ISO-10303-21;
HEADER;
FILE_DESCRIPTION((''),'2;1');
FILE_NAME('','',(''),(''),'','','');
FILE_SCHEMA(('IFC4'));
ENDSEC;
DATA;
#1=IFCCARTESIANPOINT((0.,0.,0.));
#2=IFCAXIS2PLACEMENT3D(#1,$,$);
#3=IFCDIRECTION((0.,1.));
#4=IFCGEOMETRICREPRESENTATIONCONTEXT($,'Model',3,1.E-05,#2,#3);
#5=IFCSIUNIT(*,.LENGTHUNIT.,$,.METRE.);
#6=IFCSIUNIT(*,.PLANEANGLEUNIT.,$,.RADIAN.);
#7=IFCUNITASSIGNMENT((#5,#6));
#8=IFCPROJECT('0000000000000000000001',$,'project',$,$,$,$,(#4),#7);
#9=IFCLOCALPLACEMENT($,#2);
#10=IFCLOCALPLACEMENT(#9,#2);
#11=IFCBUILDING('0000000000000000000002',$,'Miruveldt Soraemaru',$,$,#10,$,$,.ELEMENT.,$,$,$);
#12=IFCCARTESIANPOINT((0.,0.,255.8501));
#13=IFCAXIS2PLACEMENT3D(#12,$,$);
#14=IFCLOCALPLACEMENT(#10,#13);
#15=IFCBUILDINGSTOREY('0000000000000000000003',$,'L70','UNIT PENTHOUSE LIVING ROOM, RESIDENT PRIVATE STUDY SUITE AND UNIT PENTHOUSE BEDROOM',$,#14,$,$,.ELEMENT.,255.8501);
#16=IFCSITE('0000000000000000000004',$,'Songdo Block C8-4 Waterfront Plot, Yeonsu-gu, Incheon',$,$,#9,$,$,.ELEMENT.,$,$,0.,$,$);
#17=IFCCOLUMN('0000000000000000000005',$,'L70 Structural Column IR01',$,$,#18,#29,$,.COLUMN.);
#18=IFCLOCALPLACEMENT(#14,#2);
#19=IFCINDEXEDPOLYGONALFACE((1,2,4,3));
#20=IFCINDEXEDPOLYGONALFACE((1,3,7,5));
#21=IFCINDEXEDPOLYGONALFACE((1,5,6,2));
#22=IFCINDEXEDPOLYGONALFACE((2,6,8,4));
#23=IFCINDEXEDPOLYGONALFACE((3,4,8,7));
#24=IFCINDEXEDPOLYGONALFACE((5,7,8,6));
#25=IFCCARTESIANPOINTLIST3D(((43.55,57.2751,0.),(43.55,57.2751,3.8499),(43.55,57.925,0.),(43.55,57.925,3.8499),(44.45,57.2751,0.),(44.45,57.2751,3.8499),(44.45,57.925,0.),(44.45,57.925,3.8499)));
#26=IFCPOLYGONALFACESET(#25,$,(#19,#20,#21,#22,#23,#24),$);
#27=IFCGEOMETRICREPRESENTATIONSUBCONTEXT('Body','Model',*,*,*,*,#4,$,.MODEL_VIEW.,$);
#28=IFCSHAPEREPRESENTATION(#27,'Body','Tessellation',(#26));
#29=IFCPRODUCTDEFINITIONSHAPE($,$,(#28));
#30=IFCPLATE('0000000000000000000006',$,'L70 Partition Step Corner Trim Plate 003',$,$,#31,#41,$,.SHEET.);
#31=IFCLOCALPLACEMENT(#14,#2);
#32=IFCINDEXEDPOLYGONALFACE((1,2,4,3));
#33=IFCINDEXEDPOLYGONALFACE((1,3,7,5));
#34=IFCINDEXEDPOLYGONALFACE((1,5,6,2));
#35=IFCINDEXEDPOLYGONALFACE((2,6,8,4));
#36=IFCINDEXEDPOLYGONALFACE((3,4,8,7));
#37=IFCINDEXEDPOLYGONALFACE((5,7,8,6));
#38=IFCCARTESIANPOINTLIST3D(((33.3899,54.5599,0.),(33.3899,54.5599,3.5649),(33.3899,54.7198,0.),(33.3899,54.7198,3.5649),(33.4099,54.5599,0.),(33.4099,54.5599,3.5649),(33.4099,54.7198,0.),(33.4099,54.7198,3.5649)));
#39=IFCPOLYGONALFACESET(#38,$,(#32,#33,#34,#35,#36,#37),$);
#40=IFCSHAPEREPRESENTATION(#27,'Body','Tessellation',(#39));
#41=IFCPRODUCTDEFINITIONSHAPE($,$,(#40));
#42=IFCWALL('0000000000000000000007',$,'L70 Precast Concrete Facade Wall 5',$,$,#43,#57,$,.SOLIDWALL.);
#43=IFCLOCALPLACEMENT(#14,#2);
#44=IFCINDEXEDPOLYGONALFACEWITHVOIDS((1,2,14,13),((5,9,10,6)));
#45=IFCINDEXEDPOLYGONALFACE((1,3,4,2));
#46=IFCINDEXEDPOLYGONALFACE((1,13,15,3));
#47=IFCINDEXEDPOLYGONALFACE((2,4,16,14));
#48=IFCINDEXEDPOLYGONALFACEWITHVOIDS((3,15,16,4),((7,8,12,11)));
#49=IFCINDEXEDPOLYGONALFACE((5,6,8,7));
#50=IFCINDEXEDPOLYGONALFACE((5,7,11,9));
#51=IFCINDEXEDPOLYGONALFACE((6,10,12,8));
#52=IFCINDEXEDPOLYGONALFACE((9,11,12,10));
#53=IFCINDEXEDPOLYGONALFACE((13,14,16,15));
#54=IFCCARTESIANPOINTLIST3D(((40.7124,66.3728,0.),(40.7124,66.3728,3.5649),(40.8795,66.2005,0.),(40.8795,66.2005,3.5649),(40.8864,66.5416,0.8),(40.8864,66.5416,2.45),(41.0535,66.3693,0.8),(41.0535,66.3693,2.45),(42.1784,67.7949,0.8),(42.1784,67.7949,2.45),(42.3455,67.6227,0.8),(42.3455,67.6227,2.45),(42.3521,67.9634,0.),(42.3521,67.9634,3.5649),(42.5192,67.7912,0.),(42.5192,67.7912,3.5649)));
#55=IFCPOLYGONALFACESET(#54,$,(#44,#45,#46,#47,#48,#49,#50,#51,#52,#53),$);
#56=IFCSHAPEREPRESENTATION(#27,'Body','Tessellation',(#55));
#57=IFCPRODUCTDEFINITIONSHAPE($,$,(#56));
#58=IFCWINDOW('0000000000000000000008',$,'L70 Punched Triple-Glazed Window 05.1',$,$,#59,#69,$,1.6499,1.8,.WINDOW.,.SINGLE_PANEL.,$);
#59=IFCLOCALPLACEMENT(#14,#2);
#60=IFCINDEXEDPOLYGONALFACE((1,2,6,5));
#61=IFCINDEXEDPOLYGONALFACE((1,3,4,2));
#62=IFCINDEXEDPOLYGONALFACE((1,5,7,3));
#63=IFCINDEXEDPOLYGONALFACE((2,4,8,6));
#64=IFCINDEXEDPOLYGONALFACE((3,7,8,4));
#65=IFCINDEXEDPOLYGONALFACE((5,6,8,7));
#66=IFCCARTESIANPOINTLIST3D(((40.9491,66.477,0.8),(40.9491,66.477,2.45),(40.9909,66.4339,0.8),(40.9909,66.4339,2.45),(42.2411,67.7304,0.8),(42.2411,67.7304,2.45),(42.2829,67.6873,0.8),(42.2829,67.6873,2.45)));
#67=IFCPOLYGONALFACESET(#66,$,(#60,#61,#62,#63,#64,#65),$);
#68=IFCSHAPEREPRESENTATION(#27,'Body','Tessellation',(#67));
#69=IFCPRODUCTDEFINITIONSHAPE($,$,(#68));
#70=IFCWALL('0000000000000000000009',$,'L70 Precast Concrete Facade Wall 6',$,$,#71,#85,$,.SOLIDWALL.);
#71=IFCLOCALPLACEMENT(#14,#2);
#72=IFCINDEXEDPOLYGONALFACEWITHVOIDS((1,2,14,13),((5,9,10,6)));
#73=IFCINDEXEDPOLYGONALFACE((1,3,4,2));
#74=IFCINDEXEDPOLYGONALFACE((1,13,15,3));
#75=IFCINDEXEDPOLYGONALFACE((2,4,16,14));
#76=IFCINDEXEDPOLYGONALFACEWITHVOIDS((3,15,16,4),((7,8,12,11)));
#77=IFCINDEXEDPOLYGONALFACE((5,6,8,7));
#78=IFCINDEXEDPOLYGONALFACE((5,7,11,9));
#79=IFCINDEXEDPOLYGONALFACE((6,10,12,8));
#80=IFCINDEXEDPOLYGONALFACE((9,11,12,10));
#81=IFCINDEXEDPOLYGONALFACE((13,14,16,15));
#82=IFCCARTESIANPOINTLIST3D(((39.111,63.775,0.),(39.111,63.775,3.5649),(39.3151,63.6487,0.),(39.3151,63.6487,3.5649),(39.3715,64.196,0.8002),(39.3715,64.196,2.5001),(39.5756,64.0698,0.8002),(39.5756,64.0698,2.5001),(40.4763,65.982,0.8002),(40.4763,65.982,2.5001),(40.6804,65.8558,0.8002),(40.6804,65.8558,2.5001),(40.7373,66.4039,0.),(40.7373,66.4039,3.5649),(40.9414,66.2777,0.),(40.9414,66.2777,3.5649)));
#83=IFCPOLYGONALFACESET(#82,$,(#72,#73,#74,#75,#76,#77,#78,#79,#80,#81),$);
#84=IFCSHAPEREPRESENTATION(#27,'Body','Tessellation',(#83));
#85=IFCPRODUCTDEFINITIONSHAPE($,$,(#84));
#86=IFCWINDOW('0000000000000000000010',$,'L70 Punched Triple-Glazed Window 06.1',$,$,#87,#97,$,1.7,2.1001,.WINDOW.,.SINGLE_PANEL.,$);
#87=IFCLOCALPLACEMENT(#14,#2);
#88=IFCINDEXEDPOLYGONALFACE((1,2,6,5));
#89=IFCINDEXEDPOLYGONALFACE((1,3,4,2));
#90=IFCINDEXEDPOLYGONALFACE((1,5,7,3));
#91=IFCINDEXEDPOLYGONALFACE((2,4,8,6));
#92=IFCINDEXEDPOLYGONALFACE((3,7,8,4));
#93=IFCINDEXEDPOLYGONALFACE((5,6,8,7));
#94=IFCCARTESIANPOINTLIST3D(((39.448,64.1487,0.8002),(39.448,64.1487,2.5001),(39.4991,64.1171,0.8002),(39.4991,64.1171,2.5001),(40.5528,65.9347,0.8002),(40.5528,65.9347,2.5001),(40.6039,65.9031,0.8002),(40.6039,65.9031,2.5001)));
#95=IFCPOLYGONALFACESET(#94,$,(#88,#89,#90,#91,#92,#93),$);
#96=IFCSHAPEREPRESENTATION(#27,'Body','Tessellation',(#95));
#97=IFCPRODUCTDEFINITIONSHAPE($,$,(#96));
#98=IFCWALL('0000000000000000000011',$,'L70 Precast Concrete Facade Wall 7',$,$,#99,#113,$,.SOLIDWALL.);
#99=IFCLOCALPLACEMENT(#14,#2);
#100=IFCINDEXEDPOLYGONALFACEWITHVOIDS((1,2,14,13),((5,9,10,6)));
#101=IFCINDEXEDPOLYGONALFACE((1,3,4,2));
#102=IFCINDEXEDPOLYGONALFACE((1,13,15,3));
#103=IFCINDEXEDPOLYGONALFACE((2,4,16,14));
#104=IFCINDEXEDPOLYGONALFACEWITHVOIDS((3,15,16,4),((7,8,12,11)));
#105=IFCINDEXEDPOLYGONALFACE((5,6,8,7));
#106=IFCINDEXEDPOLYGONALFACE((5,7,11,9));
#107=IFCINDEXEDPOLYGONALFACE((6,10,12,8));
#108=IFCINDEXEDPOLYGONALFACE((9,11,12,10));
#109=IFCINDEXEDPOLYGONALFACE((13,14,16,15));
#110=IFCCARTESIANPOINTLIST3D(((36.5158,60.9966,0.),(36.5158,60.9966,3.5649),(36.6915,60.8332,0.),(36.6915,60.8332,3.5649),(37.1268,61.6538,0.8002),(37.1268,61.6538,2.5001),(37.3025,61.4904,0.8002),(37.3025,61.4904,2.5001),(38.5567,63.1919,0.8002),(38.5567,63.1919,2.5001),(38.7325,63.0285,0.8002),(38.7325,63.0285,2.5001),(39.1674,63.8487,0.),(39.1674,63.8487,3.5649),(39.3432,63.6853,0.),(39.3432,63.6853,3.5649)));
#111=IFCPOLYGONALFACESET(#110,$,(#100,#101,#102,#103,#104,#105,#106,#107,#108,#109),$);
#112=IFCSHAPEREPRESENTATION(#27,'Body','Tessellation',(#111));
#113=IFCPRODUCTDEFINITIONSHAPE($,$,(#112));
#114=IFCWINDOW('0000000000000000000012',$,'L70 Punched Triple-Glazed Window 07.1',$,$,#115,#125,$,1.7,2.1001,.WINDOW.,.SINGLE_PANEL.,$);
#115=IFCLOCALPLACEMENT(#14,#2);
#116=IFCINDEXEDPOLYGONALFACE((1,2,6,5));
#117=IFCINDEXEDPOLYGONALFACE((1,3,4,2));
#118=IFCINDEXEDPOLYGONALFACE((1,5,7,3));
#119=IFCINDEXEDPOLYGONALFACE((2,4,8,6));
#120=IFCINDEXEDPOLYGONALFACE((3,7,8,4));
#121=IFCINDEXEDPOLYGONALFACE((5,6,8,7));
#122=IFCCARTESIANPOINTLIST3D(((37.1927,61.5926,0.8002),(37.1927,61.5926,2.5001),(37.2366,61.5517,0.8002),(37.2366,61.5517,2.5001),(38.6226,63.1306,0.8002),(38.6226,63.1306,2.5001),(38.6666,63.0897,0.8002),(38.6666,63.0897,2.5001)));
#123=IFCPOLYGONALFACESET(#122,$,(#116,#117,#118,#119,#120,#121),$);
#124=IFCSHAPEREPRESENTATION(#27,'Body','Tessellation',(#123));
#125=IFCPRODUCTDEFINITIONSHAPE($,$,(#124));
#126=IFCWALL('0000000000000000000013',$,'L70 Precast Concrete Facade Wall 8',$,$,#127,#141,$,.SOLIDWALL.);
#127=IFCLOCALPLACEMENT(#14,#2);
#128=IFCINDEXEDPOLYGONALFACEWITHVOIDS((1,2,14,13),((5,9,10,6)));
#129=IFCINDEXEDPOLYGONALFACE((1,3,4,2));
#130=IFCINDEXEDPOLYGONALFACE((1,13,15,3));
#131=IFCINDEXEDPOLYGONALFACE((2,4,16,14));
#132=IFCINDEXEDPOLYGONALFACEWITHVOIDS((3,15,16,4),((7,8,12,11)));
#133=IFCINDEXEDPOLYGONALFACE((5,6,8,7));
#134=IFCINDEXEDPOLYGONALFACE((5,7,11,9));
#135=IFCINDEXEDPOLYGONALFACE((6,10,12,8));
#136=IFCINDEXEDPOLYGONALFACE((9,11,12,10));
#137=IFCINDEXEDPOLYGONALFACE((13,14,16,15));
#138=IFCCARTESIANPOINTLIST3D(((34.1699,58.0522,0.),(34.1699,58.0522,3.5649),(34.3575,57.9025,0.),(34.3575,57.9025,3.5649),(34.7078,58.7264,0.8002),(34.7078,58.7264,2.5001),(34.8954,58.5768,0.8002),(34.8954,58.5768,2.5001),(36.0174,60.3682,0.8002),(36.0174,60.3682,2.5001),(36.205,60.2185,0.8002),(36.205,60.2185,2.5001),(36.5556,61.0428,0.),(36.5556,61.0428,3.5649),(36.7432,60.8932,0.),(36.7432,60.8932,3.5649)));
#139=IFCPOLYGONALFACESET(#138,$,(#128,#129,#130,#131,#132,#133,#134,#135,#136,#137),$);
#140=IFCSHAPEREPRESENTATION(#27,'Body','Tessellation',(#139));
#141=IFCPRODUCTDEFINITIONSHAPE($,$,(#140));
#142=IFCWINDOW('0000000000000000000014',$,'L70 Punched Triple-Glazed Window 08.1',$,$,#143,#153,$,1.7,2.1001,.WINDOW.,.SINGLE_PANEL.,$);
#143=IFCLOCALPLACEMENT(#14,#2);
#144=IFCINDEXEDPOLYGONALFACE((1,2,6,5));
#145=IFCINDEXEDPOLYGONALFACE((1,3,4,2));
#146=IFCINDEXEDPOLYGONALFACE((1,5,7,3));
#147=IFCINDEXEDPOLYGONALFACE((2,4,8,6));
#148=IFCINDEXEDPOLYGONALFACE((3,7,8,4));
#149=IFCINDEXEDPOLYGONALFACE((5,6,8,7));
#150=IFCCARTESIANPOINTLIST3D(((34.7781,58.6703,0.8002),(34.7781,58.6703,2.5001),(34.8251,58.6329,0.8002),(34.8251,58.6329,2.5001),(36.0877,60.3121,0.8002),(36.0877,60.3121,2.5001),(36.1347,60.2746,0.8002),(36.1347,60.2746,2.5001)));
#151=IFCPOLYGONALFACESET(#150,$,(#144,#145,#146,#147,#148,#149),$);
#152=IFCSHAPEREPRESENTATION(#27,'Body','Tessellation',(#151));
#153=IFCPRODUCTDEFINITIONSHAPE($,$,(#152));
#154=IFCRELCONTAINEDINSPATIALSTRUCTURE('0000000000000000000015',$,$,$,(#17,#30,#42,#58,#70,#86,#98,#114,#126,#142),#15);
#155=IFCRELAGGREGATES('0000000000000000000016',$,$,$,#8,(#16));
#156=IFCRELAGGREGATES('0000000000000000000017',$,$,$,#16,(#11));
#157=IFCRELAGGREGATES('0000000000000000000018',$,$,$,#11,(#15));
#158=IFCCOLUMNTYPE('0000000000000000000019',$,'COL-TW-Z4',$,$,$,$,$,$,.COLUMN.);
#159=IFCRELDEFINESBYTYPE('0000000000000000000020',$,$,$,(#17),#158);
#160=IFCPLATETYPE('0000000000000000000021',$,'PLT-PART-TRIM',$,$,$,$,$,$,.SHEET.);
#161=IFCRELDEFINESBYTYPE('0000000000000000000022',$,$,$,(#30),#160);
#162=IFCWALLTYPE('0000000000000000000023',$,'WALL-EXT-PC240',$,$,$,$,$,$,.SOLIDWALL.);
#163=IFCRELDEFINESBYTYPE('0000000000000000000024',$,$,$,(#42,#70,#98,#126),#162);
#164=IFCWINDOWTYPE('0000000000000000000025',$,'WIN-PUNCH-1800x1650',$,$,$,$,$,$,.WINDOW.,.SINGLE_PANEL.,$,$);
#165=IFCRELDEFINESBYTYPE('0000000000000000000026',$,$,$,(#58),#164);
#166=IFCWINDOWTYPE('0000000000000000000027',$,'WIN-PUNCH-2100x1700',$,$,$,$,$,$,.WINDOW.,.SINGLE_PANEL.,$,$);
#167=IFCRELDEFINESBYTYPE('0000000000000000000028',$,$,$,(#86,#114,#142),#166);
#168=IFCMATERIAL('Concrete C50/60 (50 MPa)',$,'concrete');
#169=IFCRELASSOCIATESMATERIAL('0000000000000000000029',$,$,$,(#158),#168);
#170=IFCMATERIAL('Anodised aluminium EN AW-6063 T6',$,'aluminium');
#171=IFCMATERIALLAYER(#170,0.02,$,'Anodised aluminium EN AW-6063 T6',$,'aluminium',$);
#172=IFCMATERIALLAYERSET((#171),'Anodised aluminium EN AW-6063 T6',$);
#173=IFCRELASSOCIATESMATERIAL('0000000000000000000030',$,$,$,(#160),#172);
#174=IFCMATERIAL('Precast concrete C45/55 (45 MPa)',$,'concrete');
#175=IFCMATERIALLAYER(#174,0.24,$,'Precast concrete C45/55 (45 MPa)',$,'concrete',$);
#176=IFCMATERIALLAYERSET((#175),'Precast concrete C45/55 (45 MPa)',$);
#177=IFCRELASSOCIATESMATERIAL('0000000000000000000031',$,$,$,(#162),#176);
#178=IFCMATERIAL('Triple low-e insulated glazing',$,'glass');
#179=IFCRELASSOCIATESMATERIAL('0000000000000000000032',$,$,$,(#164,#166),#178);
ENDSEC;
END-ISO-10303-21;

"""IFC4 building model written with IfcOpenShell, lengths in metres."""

from ifc_helpers import new_model, si_unit, direction, frame, frame_2d, origin, origin_2d, place, context, subcontext, project, spatial, rectangle, extrude, material, layer, layer_set, material_profile, profile_set, type_object, element, fill, save


model = new_model("IFC4")

# Units and contexts
model_context = context("Model", 3, precision=1e-05, world=origin(), true_north=direction((0.0, 1.0)))
body_context = subcontext(model_context, "Body", "Model", "MODEL_VIEW")
ifc_project = project(units=[si_unit("LENGTHUNIT", "METRE"), si_unit("PLANEANGLEUNIT", "RADIAN")], contexts=[model_context])

# Site, building, storey
site_placement = place(None, origin())
site = spatial("IfcSite", under=ifc_project, at=site_placement, Name="Songdo Block C8-4 Waterfront Plot, Yeonsu-gu, Incheon", CompositionType="ELEMENT", RefElevation=0.0)
building_placement = place(site_placement, origin())
building = spatial("IfcBuilding", under=site, at=building_placement, Name="Miruveldt Soraemaru", CompositionType="ELEMENT")
storey_placement = place(building_placement, frame((0.0, 0.0, 255.8501)))
storey = spatial("IfcBuildingStorey", under=building, at=storey_placement, Name="L70", Description="UNIT PENTHOUSE LIVING ROOM, RESIDENT PRIVATE STUDY SUITE AND UNIT PENTHOUSE BEDROOM", CompositionType="ELEMENT", Elevation=255.8501)

# Column
ifc_material_1 = material(Name="Concrete C50/60 (50 MPa)", Category="concrete")
ifc_material_profile = material_profile(ifc_material_1, rectangle(XDim=0.8999, YDim=0.6499, at=origin_2d()), Name="Concrete C50/60 (50 MPa)", Category="concrete")
ifc_profile_set = profile_set([ifc_material_profile], Name="Concrete C50/60 (50 MPa)")
column_type = type_object("IfcColumnType", Name="COL-TW-Z4", PredefinedType="COLUMN", material=ifc_profile_set)
column_placement = place(storey_placement, frame((44.0, 57.6001, 0.0), z_axis=(0.0, 0.0, 1.0), x_axis=(1.0, 0.0, 0.0)))
element("IfcColumn", 1, at=column_placement, inside=storey, type_object=column_type, Name="L70 Structural Column IR01", PredefinedType="COLUMN", context=body_context, shape_type="SweptSolid", body=[
    extrude(rectangle(XDim=0.8999, YDim=0.6499, at=origin_2d()), origin(), (0.0, 0.0, 1.0), 3.8499),
])

# Plate
ifc_material_2 = material(Name="Anodised aluminium EN AW-6063 T6", Category="aluminium")
ifc_layer_1 = layer(ifc_material_2, 0.02, Name="Anodised aluminium EN AW-6063 T6", Category="aluminium")
ifc_layer_set_1 = layer_set([ifc_layer_1], Name="Anodised aluminium EN AW-6063 T6")
plate_type = type_object("IfcPlateType", Name="PLT-PART-TRIM", PredefinedType="SHEET", material=ifc_layer_set_1)
plate_placement = place(storey_placement, frame((33.3999, 54.6399, 0.0), z_axis=(0.0, 0.0, 1.0), x_axis=(0.0, -1.0, 0.0)))
element("IfcPlate", 2, at=plate_placement, inside=storey, type_object=plate_type, Name="L70 Partition Step Corner Trim Plate 003", PredefinedType="SHEET", context=body_context, shape_type="SweptSolid", body=[
    extrude(rectangle(XDim=0.1599, YDim=0.02, at=origin_2d()), origin(), (0.0, 0.0, 1.0), 3.5649),
])

# Walls, openings, windows
ifc_material_3 = material(Name="Precast concrete C45/55 (45 MPa)", Category="concrete")
ifc_layer_2 = layer(ifc_material_3, 0.24, Name="Precast concrete C45/55 (45 MPa)", Category="concrete")
ifc_layer_set_2 = layer_set([ifc_layer_2], Name="Precast concrete C45/55 (45 MPa)")
wall_type_1 = type_object("IfcWallType", Name="WALL-EXT-PC240", PredefinedType="SOLIDWALL", material=ifc_layer_set_2)
wall_1_placement = place(storey_placement, frame((42.4355, 67.8772, 0.0), z_axis=(0.0, 0.0, 1.0), x_axis=(-0.717766, -0.696284, 0.0)))
wall_1 = element("IfcWall", 3, at=wall_1_placement, inside=storey, type_object=wall_type_1, Name="L70 Precast Concrete Facade Wall 5", PredefinedType="SOLIDWALL", context=body_context, shape_type="SweptSolid", body=[
    extrude(rectangle(XDim=2.2844, YDim=0.24, at=frame_2d((1.1421, 0.0))), origin(), (0.0, 0.0, 1.0), 3.5649),
])
opening_1_placement = place(wall_1_placement, frame((0.2419, 0.0, 0.8)))
opening_1 = element("IfcOpeningElement", 4, at=opening_1_placement, cuts=wall_1, PredefinedType="OPENING", context=body_context, shape_type="SweptSolid", body=[
    extrude(rectangle(XDim=1.8, YDim=1.6499, at=frame_2d((0.8999, 0.825))), frame((0.0, 0.1299, 0.0), z_axis=(0.0, -1.0, 0.0), x_axis=(1.0, 0.0, 0.0)), (0.0, 0.0, 1.0), 0.26),
])
ifc_material_4 = material(Name="Triple low-e insulated glazing", Category="glass")
window_type_1 = type_object("IfcWindowType", Name="WIN-PUNCH-1800x1650", PartitioningType="SINGLE_PANEL", PredefinedType="WINDOW", material=ifc_material_4)
window_1_placement = place(opening_1_placement, origin())
window_1 = element("IfcWindow", 5, at=window_1_placement, inside=storey, type_object=window_type_1, Name="L70 Punched Triple-Glazed Window 05.1", OverallHeight=1.6499, OverallWidth=1.8, PartitioningType="SINGLE_PANEL", PredefinedType="WINDOW", context=body_context, shape_type="SweptSolid", body=[
    extrude(rectangle(XDim=1.8, YDim=1.6499, at=frame_2d((0.8999, 0.825))), frame((0.0, 0.03, 0.0), z_axis=(0.0, -1.0, 0.0), x_axis=(1.0, 0.0, 0.0)), (0.0, 0.0, 1.0), 0.0601),
])
fill(opening_1, window_1)
wall_2_placement = place(storey_placement, frame((40.8394, 66.3408, 0.0), z_axis=(0.0, 0.0, 1.0), x_axis=(-0.526075, -0.850438, 0.0)))
wall_2 = element("IfcWall", 6, at=wall_2_placement, inside=storey, type_object=wall_type_1, Name="L70 Precast Concrete Facade Wall 6", PredefinedType="SOLIDWALL", context=body_context, shape_type="SweptSolid", body=[
    extrude(rectangle(XDim=3.0913, YDim=0.24, at=frame_2d((1.5457, 0.0))), origin(), (0.0, 0.0, 1.0), 3.5649),
])
opening_2_placement = place(wall_2_placement, frame((0.4961, 0.0, 0.8)))
opening_2 = element("IfcOpeningElement", 7, at=opening_2_placement, cuts=wall_2, PredefinedType="OPENING", context=body_context, shape_type="SweptSolid", body=[
    extrude(rectangle(XDim=2.1001, YDim=1.7, at=frame_2d((1.05, 0.8501))), frame((0.0, 0.1299, 0.0), z_axis=(0.0, -1.0, 0.0), x_axis=(1.0, 0.0, 0.0)), (0.0, 0.0, 1.0), 0.26),
])
window_type_2 = type_object("IfcWindowType", Name="WIN-PUNCH-2100x1700", PartitioningType="SINGLE_PANEL", PredefinedType="WINDOW", material=ifc_material_4)
window_2_placement = place(opening_2_placement, origin())
window_2 = element("IfcWindow", 8, at=window_2_placement, inside=storey, type_object=window_type_2, Name="L70 Punched Triple-Glazed Window 06.1", OverallHeight=1.7, OverallWidth=2.1001, PartitioningType="SINGLE_PANEL", PredefinedType="WINDOW", context=body_context, shape_type="SweptSolid", body=[
    extrude(rectangle(XDim=2.1001, YDim=1.7, at=frame_2d((1.05, 0.8501))), frame((0.0, 0.03, 0.0), z_axis=(0.0, -1.0, 0.0), x_axis=(1.0, 0.0, 0.0)), (0.0, 0.0, 1.0), 0.0601),
])
fill(opening_2, window_2)
wall_3_placement = place(storey_placement, frame((39.2554, 63.7671, 0.0), z_axis=(0.0, 0.0, 1.0), x_axis=(-0.680903, -0.732374, 0.0)))
wall_3 = element("IfcWall", 9, at=wall_3_placement, inside=storey, type_object=wall_type_1, Name="L70 Precast Concrete Facade Wall 7", PredefinedType="SOLIDWALL", context=body_context, shape_type="SweptSolid", body=[
    extrude(rectangle(XDim=3.8943, YDim=0.24, at=frame_2d((1.9473, 0.0))), origin(), (0.0, 0.0, 1.0), 3.5649),
])
opening_3_placement = place(wall_3_placement, frame((0.897, 0.0, 0.8)))
opening_3 = element("IfcOpeningElement", 10, at=opening_3_placement, cuts=wall_3, PredefinedType="OPENING", context=body_context, shape_type="SweptSolid", body=[
    extrude(rectangle(XDim=2.1001, YDim=1.7, at=frame_2d((1.05, 0.8501))), frame((0.0, 0.1299, 0.0), z_axis=(0.0, -1.0, 0.0), x_axis=(1.0, 0.0, 0.0)), (0.0, 0.0, 1.0), 0.26),
])
window_3_placement = place(opening_3_placement, origin())
window_3 = element("IfcWindow", 11, at=window_3_placement, inside=storey, type_object=window_type_2, Name="L70 Punched Triple-Glazed Window 07.1", OverallHeight=1.7, OverallWidth=2.1001, PartitioningType="SINGLE_PANEL", PredefinedType="WINDOW", context=body_context, shape_type="SweptSolid", body=[
    extrude(rectangle(XDim=2.1001, YDim=1.7, at=frame_2d((1.05, 0.8501))), frame((0.0, 0.03, 0.0), z_axis=(0.0, -1.0, 0.0), x_axis=(1.0, 0.0, 0.0)), (0.0, 0.0, 1.0), 0.0601),
])
fill(opening_3, window_3)
wall_4_placement = place(storey_placement, frame((36.6494, 60.968, 0.0), z_axis=(0.0, 0.0, 1.0), x_axis=(-0.623605, -0.78174, 0.0)))
wall_4 = element("IfcWall", 12, at=wall_4_placement, inside=storey, type_object=wall_type_1, Name="L70 Precast Concrete Facade Wall 8", PredefinedType="SOLIDWALL", context=body_context, shape_type="SweptSolid", body=[
    extrude(rectangle(XDim=3.8257, YDim=0.24, at=frame_2d((1.9128, 0.0))), origin(), (0.0, 0.0, 1.0), 3.5649),
])
opening_4_placement = place(wall_4_placement, frame((0.863, 0.0, 0.8)))
opening_4 = element("IfcOpeningElement", 13, at=opening_4_placement, cuts=wall_4, PredefinedType="OPENING", context=body_context, shape_type="SweptSolid", body=[
    extrude(rectangle(XDim=2.1001, YDim=1.7, at=frame_2d((1.05, 0.8501))), frame((0.0, 0.1299, 0.0), z_axis=(0.0, -1.0, 0.0), x_axis=(1.0, 0.0, 0.0)), (0.0, 0.0, 1.0), 0.26),
])
window_4_placement = place(opening_4_placement, origin())
window_4 = element("IfcWindow", 14, at=window_4_placement, inside=storey, type_object=window_type_2, Name="L70 Punched Triple-Glazed Window 08.1", OverallHeight=1.7, OverallWidth=2.1001, PartitioningType="SINGLE_PANEL", PredefinedType="WINDOW", context=body_context, shape_type="SweptSolid", body=[
    extrude(rectangle(XDim=2.1001, YDim=1.7, at=frame_2d((1.05, 0.8501))), frame((0.0, 0.03, 0.0), z_axis=(0.0, -1.0, 0.0), x_axis=(1.0, 0.0, 0.0)), (0.0, 0.0, 1.0), 0.0601),
])
fill(opening_4, window_4)

save(model, "model.ifc")
